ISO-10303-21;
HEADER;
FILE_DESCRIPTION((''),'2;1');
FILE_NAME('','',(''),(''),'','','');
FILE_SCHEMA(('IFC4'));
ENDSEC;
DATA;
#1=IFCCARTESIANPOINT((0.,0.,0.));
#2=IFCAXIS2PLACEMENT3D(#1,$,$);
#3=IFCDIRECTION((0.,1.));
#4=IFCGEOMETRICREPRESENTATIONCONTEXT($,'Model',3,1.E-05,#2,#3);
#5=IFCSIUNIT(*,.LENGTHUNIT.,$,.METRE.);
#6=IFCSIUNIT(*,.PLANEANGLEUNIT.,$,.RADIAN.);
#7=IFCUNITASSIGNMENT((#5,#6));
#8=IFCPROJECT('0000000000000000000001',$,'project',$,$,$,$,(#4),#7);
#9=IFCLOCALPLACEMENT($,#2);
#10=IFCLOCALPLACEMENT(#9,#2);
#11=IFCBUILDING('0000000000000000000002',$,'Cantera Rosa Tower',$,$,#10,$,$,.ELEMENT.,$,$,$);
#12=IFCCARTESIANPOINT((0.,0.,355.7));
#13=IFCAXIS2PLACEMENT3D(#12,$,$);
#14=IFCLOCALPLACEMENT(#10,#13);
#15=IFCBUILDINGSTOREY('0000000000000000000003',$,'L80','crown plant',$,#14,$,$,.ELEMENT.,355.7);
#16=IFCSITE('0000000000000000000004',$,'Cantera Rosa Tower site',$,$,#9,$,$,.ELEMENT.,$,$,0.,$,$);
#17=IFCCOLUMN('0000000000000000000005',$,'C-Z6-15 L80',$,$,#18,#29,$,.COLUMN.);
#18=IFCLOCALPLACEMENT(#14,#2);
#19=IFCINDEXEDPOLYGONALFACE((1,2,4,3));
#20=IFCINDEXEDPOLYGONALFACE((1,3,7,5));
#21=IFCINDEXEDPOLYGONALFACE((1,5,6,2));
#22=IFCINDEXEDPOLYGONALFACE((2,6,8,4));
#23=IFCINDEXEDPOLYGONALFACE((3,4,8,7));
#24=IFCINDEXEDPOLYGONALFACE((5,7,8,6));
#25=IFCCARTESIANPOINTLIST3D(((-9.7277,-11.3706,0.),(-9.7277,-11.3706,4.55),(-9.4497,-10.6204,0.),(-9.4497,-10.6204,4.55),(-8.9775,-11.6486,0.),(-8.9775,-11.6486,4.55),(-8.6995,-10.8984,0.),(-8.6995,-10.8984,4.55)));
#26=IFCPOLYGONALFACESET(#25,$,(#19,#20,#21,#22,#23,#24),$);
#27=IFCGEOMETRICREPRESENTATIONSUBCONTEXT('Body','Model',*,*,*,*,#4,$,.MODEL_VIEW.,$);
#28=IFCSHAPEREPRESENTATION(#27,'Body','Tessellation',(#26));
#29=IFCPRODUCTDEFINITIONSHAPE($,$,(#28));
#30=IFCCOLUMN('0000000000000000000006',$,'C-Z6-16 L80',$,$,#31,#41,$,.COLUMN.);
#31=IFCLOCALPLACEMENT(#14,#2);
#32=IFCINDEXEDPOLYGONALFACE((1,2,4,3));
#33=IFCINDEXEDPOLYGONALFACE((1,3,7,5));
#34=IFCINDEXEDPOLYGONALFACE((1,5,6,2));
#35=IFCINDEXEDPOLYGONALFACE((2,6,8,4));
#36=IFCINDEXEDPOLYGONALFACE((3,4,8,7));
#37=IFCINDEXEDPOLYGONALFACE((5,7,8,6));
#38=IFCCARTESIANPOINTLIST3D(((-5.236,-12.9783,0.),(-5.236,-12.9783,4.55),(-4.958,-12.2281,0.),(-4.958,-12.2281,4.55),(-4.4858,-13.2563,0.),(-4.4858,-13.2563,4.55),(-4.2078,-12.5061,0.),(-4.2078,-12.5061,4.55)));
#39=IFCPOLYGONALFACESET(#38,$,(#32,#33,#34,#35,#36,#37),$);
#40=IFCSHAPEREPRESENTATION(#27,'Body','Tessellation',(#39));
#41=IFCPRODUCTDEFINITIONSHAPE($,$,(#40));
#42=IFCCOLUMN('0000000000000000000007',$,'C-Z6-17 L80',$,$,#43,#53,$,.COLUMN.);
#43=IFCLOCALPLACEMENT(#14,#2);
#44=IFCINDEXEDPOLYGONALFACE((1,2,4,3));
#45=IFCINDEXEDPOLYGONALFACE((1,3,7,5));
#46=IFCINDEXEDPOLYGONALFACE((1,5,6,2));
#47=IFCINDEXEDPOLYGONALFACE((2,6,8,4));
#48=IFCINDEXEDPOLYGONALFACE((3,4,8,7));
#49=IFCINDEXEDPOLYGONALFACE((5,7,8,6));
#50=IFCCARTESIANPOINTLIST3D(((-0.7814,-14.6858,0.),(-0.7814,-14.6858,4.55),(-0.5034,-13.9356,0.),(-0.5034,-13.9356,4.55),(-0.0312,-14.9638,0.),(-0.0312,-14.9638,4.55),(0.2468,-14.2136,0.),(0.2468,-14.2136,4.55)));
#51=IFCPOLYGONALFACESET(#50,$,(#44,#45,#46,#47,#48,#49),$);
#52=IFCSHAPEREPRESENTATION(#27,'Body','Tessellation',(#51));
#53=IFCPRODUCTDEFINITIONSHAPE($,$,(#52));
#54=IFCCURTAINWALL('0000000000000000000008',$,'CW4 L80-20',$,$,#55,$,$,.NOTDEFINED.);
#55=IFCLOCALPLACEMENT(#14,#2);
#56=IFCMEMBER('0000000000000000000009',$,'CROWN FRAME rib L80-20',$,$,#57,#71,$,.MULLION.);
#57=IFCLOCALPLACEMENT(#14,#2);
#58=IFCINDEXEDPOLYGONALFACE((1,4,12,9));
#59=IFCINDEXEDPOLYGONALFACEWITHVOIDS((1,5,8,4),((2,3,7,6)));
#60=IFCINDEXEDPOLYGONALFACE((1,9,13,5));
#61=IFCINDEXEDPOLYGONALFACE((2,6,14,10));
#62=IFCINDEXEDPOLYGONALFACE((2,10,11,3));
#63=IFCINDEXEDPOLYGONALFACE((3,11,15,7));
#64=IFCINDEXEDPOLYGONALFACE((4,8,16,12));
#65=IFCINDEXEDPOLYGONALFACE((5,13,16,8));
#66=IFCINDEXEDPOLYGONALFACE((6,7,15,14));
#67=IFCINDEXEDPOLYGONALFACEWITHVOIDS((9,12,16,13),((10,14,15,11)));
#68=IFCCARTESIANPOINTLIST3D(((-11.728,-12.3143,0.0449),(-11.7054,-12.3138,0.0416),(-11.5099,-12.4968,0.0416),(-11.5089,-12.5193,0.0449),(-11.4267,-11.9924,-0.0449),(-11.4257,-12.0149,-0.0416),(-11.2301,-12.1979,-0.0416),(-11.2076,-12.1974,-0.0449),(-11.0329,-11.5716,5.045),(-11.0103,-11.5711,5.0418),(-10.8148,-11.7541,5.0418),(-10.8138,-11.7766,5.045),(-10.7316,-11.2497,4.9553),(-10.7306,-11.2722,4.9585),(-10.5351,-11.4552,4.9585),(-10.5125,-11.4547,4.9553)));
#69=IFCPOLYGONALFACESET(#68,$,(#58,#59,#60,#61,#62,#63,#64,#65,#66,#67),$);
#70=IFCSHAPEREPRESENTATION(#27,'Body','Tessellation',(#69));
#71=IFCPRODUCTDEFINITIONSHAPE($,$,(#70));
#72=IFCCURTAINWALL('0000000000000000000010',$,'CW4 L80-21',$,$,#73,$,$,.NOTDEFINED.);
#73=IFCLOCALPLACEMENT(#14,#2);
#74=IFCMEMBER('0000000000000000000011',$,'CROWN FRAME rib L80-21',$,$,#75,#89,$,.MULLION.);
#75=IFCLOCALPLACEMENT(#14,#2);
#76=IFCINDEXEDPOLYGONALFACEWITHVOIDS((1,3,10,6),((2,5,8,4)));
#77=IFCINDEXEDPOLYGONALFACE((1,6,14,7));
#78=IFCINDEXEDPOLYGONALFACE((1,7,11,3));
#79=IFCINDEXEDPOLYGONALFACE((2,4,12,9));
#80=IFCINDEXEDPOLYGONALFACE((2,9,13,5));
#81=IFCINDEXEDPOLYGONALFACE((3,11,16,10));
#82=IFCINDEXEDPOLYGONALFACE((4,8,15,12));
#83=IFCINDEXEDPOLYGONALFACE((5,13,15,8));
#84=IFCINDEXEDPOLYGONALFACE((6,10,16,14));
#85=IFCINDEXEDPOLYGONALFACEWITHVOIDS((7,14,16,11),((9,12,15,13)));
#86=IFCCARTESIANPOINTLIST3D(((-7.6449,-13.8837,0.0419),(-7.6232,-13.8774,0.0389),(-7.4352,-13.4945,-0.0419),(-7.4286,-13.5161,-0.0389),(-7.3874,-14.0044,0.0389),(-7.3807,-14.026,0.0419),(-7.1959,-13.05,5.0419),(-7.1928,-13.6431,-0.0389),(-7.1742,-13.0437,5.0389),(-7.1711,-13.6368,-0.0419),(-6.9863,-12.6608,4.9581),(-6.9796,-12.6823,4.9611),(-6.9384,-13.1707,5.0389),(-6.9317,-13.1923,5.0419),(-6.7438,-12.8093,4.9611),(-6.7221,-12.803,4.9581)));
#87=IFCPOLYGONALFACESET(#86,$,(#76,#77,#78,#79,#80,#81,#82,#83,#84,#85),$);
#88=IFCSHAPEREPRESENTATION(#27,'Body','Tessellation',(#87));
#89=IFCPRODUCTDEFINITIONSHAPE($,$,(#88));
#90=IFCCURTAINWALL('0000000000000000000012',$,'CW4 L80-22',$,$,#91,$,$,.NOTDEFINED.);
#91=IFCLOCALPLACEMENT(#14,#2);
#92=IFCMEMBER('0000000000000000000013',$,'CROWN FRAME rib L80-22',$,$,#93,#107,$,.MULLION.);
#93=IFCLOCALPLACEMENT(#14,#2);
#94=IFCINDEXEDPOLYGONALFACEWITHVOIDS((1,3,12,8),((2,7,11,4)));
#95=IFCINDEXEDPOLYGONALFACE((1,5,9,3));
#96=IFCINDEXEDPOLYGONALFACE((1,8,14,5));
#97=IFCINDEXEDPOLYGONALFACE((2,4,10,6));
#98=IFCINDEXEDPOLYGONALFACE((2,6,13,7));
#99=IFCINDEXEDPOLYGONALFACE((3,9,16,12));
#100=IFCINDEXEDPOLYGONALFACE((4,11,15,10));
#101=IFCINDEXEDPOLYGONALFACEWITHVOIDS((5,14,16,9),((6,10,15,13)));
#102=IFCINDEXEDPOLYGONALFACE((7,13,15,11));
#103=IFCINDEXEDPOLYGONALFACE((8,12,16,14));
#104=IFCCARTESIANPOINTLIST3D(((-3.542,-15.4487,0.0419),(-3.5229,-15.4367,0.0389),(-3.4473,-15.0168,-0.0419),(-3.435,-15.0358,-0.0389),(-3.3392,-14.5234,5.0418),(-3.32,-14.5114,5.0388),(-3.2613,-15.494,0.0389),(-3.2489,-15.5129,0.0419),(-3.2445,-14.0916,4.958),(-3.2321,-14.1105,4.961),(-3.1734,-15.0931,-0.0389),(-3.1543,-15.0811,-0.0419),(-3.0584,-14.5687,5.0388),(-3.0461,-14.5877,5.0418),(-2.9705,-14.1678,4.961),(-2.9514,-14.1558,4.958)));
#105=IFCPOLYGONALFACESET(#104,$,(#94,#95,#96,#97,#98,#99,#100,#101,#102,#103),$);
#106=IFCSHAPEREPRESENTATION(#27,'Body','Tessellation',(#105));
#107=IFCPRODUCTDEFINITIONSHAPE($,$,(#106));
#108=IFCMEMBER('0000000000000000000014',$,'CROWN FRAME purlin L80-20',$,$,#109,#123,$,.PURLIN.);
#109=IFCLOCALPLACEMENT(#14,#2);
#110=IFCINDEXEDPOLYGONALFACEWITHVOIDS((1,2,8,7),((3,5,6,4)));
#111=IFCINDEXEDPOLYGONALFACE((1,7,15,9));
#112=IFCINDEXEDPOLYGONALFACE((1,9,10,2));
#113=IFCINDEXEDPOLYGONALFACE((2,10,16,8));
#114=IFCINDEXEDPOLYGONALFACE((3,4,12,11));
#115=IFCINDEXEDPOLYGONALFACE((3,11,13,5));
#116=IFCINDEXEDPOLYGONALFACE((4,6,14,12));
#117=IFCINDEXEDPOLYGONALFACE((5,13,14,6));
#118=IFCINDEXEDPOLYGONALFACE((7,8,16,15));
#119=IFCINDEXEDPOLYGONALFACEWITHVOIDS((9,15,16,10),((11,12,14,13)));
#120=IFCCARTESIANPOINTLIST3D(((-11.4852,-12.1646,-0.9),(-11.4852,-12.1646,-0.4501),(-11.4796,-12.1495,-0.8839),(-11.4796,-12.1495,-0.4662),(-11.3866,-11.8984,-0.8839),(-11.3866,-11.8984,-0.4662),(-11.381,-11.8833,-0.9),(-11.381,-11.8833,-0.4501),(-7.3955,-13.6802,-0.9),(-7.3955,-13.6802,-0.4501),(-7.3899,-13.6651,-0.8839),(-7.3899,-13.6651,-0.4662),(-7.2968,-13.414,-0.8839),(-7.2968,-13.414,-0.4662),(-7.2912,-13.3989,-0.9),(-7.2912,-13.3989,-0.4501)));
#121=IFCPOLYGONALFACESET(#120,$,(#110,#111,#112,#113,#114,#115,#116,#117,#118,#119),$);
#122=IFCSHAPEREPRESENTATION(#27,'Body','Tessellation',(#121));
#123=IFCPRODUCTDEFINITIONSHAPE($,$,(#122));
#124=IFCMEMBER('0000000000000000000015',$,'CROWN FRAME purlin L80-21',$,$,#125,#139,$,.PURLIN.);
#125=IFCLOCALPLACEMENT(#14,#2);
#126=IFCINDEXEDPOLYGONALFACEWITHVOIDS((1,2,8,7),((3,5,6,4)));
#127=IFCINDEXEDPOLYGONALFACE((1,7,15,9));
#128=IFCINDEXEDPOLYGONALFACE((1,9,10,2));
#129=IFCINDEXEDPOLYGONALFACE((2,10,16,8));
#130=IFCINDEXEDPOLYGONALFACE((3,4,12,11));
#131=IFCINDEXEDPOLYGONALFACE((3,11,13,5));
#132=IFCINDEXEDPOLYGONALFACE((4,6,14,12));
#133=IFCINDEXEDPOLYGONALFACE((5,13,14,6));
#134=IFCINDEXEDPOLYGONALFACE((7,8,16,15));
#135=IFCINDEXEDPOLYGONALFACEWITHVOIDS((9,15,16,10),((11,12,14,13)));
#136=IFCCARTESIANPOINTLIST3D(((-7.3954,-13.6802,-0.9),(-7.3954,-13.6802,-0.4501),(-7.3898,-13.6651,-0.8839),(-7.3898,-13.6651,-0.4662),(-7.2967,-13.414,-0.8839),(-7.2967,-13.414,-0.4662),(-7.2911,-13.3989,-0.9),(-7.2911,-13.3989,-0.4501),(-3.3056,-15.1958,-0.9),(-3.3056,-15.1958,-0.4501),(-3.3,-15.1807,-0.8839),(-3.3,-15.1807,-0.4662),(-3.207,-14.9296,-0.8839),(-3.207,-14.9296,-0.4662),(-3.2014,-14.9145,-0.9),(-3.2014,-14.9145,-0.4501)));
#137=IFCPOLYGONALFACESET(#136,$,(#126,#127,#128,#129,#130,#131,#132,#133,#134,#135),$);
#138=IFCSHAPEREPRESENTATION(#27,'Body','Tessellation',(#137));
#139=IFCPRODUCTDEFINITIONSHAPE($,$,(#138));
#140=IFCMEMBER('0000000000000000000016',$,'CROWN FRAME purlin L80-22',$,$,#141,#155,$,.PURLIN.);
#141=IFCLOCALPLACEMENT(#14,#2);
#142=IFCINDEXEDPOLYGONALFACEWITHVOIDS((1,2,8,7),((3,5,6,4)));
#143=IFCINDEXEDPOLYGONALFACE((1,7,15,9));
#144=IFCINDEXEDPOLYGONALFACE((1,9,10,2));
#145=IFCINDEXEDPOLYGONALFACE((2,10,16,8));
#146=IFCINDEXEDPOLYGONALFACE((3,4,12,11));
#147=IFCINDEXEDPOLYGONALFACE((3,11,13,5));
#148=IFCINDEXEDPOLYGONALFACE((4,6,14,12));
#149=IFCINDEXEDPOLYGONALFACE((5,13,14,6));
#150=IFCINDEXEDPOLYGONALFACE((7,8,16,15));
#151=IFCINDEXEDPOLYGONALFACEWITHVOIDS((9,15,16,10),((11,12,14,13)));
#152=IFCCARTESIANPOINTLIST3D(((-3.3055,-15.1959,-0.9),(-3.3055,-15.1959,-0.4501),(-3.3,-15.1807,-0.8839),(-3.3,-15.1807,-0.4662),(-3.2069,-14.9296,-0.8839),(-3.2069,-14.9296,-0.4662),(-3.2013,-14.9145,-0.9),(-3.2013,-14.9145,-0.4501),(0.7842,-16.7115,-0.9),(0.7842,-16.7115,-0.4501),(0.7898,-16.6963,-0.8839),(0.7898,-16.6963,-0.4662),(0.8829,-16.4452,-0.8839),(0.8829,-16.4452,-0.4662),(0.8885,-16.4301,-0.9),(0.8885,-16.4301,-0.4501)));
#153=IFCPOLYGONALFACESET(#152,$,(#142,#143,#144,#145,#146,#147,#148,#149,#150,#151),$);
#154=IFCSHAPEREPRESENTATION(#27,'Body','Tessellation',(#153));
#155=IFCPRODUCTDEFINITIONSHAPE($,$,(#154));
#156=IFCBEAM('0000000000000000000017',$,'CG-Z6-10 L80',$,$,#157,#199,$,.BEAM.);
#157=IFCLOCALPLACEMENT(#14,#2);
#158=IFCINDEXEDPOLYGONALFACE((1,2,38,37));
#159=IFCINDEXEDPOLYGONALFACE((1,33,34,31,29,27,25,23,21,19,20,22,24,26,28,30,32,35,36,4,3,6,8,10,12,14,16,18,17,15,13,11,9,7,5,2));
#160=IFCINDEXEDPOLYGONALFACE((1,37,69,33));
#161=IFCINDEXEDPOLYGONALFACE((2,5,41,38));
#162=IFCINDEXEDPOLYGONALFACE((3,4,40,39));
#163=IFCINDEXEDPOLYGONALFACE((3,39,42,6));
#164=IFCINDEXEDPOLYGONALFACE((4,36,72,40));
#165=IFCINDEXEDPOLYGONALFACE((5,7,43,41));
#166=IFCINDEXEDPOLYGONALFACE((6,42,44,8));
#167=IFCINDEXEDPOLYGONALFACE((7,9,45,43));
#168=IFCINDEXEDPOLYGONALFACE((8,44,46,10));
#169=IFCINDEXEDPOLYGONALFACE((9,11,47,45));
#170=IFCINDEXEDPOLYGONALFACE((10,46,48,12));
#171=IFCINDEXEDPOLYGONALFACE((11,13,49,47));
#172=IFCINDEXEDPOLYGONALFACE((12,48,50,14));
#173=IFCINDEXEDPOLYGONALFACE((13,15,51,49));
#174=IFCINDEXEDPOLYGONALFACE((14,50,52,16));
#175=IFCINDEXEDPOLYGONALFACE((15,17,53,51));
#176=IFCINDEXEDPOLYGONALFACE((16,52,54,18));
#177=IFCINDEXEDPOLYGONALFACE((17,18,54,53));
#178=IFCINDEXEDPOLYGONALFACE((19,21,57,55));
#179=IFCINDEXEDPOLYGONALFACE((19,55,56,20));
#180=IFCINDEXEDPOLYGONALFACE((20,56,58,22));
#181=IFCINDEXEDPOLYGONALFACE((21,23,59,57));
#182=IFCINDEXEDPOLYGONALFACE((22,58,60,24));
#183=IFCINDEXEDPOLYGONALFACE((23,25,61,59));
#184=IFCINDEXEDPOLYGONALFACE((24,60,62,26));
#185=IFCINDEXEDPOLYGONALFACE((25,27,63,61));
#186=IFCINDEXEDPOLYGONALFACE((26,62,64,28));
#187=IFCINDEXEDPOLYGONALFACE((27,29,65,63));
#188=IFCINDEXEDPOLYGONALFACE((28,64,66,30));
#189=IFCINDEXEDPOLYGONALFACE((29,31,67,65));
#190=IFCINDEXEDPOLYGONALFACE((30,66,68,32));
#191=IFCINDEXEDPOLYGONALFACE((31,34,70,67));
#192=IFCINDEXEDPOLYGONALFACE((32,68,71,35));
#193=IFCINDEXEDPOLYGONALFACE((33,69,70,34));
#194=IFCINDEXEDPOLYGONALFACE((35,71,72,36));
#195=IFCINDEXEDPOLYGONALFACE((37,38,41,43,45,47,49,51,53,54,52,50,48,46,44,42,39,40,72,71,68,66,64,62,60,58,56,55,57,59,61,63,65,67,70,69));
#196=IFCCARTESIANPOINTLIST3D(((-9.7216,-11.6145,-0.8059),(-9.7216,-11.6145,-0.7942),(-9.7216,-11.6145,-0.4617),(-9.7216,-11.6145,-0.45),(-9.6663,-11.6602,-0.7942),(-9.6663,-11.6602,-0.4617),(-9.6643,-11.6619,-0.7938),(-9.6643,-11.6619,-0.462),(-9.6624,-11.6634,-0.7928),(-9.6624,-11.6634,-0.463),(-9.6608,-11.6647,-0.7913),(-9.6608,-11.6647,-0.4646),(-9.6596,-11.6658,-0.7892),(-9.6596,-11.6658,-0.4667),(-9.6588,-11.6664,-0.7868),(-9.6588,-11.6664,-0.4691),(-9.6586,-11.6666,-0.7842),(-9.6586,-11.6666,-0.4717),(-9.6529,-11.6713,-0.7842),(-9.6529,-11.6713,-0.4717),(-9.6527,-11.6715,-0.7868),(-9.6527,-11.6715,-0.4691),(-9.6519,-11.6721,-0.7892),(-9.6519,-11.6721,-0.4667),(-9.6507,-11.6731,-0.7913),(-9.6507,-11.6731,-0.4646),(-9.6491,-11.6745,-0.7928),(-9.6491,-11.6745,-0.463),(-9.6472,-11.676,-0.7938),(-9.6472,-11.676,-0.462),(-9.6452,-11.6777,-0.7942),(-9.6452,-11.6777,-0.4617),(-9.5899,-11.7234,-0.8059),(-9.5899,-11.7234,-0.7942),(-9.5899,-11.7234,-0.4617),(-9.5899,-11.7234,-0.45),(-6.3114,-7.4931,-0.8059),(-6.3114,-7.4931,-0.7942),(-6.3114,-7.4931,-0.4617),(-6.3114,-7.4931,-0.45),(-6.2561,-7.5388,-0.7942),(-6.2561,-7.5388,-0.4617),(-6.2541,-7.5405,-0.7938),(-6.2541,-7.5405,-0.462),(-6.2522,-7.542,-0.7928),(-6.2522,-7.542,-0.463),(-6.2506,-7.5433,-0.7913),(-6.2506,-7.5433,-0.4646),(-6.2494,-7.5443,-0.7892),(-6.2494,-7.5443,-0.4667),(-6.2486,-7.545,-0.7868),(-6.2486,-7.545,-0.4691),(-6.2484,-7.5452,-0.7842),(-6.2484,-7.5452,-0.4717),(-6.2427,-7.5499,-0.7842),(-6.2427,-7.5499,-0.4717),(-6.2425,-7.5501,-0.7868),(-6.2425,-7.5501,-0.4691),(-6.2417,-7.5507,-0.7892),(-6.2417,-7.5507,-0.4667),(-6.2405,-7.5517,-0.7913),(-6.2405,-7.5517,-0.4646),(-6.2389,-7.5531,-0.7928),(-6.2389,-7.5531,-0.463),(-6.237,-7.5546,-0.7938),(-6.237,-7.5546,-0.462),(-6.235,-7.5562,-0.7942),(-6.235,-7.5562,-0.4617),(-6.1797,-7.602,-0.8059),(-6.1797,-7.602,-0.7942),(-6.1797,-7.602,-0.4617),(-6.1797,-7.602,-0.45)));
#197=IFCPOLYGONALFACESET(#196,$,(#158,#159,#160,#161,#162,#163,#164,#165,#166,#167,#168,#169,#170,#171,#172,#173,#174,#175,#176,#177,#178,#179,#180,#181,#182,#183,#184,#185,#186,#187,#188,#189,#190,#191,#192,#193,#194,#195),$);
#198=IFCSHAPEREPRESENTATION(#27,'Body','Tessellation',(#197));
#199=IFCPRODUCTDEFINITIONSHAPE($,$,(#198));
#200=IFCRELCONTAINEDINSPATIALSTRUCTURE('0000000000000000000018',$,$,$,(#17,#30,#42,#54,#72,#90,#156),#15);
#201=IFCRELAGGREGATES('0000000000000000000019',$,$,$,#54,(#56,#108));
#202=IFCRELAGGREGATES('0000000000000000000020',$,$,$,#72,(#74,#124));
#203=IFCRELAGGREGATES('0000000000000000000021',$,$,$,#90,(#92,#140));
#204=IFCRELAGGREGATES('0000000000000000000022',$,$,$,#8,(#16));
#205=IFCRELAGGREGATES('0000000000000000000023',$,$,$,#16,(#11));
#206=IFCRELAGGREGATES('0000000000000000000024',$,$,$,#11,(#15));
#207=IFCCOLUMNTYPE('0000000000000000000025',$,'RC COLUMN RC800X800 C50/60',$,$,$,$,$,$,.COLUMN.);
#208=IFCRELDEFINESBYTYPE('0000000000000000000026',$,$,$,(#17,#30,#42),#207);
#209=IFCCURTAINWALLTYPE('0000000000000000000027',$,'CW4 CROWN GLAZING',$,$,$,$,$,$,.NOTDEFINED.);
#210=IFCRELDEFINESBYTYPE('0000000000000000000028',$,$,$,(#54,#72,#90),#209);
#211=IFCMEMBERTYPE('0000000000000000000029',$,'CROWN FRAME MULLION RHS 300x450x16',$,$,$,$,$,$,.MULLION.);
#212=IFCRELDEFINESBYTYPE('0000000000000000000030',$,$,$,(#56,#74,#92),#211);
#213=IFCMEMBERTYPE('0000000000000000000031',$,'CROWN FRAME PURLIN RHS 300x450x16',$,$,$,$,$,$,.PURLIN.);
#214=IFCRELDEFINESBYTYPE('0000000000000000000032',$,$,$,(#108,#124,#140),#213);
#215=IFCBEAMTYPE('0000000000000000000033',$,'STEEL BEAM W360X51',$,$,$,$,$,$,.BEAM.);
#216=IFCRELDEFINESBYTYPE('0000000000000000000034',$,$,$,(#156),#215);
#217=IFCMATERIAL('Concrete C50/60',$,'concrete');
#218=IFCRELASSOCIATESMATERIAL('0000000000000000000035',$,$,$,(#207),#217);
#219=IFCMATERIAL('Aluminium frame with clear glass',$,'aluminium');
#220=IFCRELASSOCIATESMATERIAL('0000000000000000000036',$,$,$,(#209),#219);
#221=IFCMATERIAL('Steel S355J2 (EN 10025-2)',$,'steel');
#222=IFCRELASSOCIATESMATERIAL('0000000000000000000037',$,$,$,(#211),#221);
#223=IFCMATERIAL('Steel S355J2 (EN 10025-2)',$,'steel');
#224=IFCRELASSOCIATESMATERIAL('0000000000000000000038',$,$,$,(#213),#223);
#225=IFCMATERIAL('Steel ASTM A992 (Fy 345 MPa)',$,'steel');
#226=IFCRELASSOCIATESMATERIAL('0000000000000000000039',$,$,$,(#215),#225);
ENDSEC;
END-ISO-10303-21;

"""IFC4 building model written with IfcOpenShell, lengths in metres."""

from ifc_helpers import new_model, si_unit, direction, frame, origin, origin_2d, place, context, subcontext, project, spatial, rectangle, hollow_rectangle, i_section, extrude, material, material_profile, profile_set, type_object, element, aggregate, save


model = new_model("IFC4")

# Units and contexts
model_context = context("Model", 3, precision=1e-05, world=origin(), true_north=direction((0.0, 1.0)))
body_context = subcontext(model_context, "Body", "Model", "MODEL_VIEW")
ifc_project = project(units=[si_unit("LENGTHUNIT", "METRE"), si_unit("PLANEANGLEUNIT", "RADIAN")], contexts=[model_context])

# Site, building, storey
site_placement = place(None, origin())
site = spatial("IfcSite", under=ifc_project, at=site_placement, Name="Cantera Rosa Tower site", CompositionType="ELEMENT", RefElevation=0.0)
building_placement = place(site_placement, origin())
building = spatial("IfcBuilding", under=site, at=building_placement, Name="Cantera Rosa Tower", CompositionType="ELEMENT")
storey_placement = place(building_placement, frame((0.0, 0.0, 355.7)))
storey = spatial("IfcBuildingStorey", under=building, at=storey_placement, Name="L80", Description="crown plant", CompositionType="ELEMENT", Elevation=355.7)

# Columns
ifc_material_1 = material(Name="Concrete C50/60", Category="concrete")
ifc_material_profile_1 = material_profile(ifc_material_1, rectangle(XDim=0.8, YDim=0.8, at=origin_2d()), Name="RC COLUMN RC800X800 C50/60")
ifc_profile_set_1 = profile_set([ifc_material_profile_1], Name="Concrete C50/60")
column_type = type_object("IfcColumnType", Name="RC COLUMN RC800X800 C50/60", PredefinedType="COLUMN", material=ifc_profile_set_1)
for number, where, z_axis, x_axis, name in (
    (1, (-9.2136, -11.1345, 0.0), (0.0, 0.0, 1.0), (0.347481, 0.937687, 0.0), "C-Z6-15 L80"),
    (2, (-4.7219, -12.7422, 0.0), (0.0, 0.0, 1.0), (0.347481, 0.937687, 0.0), "C-Z6-16 L80"),
    (3, (-0.2673, -14.4497, 0.0), (0.0, 0.0, 1.0), (0.347481, 0.937687, 0.0), "C-Z6-17 L80"),
):
    element("IfcColumn", number, at=place(storey_placement, frame(where, z_axis=z_axis, x_axis=x_axis)), inside=storey, type_object=column_type, Name=name, PredefinedType="COLUMN", context=body_context, shape_type="SweptSolid", body=[
        extrude(rectangle(XDim=0.8, YDim=0.8, at=origin_2d()), origin(), (0.0, 0.0, 1.0), 4.55),
    ])

# Curtain walls, members
ifc_material_2 = material(Name="Aluminium frame with clear glass", Category="aluminium")
curtain_wall_type = type_object("IfcCurtainWallType", Name="CW4 CROWN GLAZING", PredefinedType="NOTDEFINED", material=ifc_material_2)
curtain_wall_1_placement = place(storey_placement, origin())
curtain_wall_1 = element("IfcCurtainWall", 4, at=curtain_wall_1_placement, inside=storey, type_object=curtain_wall_type, Name="CW4 L80-20", PredefinedType="NOTDEFINED")
ifc_material_3 = material(Name="Steel S355J2 (EN 10025-2)", Category="steel")
ifc_material_profile_2 = material_profile(ifc_material_3, hollow_rectangle(XDim=0.3, YDim=0.45, WallThickness=0.0161, at=origin_2d()), Name="CROWN FRAME MULLION RHS 300x450x16")
ifc_profile_set_2 = profile_set([ifc_material_profile_2], Name="Steel S355J2 (EN 10025-2)")
member_type_1 = type_object("IfcMemberType", Name="CROWN FRAME MULLION RHS 300x450x16", PredefinedType="MULLION", material=ifc_profile_set_2)
member_1_placement = place(storey_placement, frame((-11.4678, -12.2559, 0.0), z_axis=(0.136223, 0.145554, 0.979927), x_axis=(-0.730121, 0.683318, 0.0)))
member_1 = element("IfcMember", 5, at=member_1_placement, type_object=member_type_1, Name="CROWN FRAME rib L80-20", PredefinedType="MULLION", context=body_context, shape_type="SweptSolid", body=[
    extrude(hollow_rectangle(XDim=0.3, YDim=0.45, WallThickness=0.0161, at=origin_2d()), origin(), (0.0, 0.0, 1.0), 5.1025),
])
curtain_wall_2_placement = place(storey_placement, origin())
curtain_wall_2 = element("IfcCurtainWall", 6, at=curtain_wall_2_placement, inside=storey, type_object=curtain_wall_type, Name="CW4 L80-21", PredefinedType="NOTDEFINED")
member_2_placement = place(storey_placement, frame((-7.408, -13.7603, 0.0), z_axis=(0.088227, 0.163836, 0.982534), x_axis=(-0.880455, 0.474131, 0.0)))
member_2 = element("IfcMember", 7, at=member_2_placement, type_object=member_type_1, Name="CROWN FRAME rib L80-21", PredefinedType="MULLION", context=body_context, shape_type="SweptSolid", body=[
    extrude(hollow_rectangle(XDim=0.3, YDim=0.45, WallThickness=0.0161, at=origin_2d()), origin(), (0.0, 0.0, 1.0), 5.0889),
])
curtain_wall_3_placement = place(storey_placement, origin())
curtain_wall_3 = element("IfcCurtainWall", 8, at=curtain_wall_3_placement, inside=storey, type_object=curtain_wall_type, Name="CW4 L80-22", PredefinedType="NOTDEFINED")
member_3_placement = place(storey_placement, frame((-3.3481, -15.2649, 0.0), z_axis=(0.039867, 0.181824, 0.982523), x_axis=(-0.976796, 0.214173, 0.0)))
member_3 = element("IfcMember", 9, at=member_3_placement, type_object=member_type_1, Name="CROWN FRAME rib L80-22", PredefinedType="MULLION", context=body_context, shape_type="SweptSolid", body=[
    extrude(hollow_rectangle(XDim=0.3, YDim=0.45, WallThickness=0.0161, at=origin_2d()), origin(), (0.0, 0.0, 1.0), 5.0889),
])

# Members
ifc_material_4 = material(Name="Steel S355J2 (EN 10025-2)", Category="steel")
ifc_material_profile_3 = material_profile(ifc_material_4, hollow_rectangle(XDim=0.3, YDim=0.45, WallThickness=0.0161, at=origin_2d()), Name="CROWN FRAME PURLIN RHS 300x450x16")
ifc_profile_set_3 = profile_set([ifc_material_profile_3], Name="Steel S355J2 (EN 10025-2)")
member_type_2 = type_object("IfcMemberType", Name="CROWN FRAME PURLIN RHS 300x450x16", PredefinedType="PURLIN", material=ifc_profile_set_3)
member_4_placement = place(storey_placement, frame((-11.4331, -12.0239, -0.675), z_axis=(0.937684, -0.347489, 0.0), x_axis=(0.347489, 0.937684, 0.0)))
member_4 = element("IfcMember", 10, at=member_4_placement, type_object=member_type_2, Name="CROWN FRAME purlin L80-20", PredefinedType="PURLIN", context=body_context, shape_type="SweptSolid", body=[
    extrude(hollow_rectangle(XDim=0.3, YDim=0.45, WallThickness=0.0161, at=origin_2d()), origin(), (0.0, 0.0, 1.0), 4.3616),
])
member_5_placement = place(storey_placement, frame((-7.3433, -13.5396, -0.675), z_axis=(0.937684, -0.347489, 0.0), x_axis=(0.347489, 0.937684, 0.0)))
member_5 = element("IfcMember", 11, at=member_5_placement, type_object=member_type_2, Name="CROWN FRAME purlin L80-21", PredefinedType="PURLIN", context=body_context, shape_type="SweptSolid", body=[
    extrude(hollow_rectangle(XDim=0.3, YDim=0.45, WallThickness=0.0161, at=origin_2d()), origin(), (0.0, 0.0, 1.0), 4.3616),
])
member_6_placement = place(storey_placement, frame((-3.2534, -15.0552, -0.675), z_axis=(0.937684, -0.347489, 0.0), x_axis=(0.347489, 0.937684, 0.0)))
member_6 = element("IfcMember", 12, at=member_6_placement, type_object=member_type_2, Name="CROWN FRAME purlin L80-22", PredefinedType="PURLIN", context=body_context, shape_type="SweptSolid", body=[
    extrude(hollow_rectangle(XDim=0.3, YDim=0.45, WallThickness=0.0161, at=origin_2d()), origin(), (0.0, 0.0, 1.0), 4.3616),
])

# Beam
ifc_material_5 = material(Name="Steel ASTM A992 (Fy 345 MPa)", Category="steel")
ifc_material_profile_4 = material_profile(ifc_material_5, i_section(OverallWidth=0.1709, OverallDepth=0.356, WebThickness=0.0073, FlangeThickness=0.0117, FilletRadius=0.01, at=origin_2d()), Name="W360X51")
ifc_profile_set_4 = profile_set([ifc_material_profile_4], Name="Steel ASTM A992 (Fy 345 MPa)")
beam_type_1 = type_object("IfcBeamType", Name="STEEL BEAM W360X51", PredefinedType="BEAM", material=ifc_profile_set_4)
beam_1_placement = place(storey_placement, frame((-9.6558, -11.6689, -0.6279), z_axis=(0.6375, 0.77045, 0.0), x_axis=(-0.77045, 0.6375, 0.0)))
element("IfcBeam", 13, at=beam_1_placement, inside=storey, type_object=beam_type_1, Name="CG-Z6-10 L80", PredefinedType="BEAM", context=body_context, shape_type="SweptSolid", body=[
    extrude(i_section(OverallWidth=0.1709, OverallDepth=0.356, WebThickness=0.0073, FlangeThickness=0.0117, FilletRadius=0.01, at=origin_2d()), origin(), (0.0, 0.0, 1.0), 5.3494),
])

aggregate(curtain_wall_1, [member_1, member_4])
aggregate(curtain_wall_2, [member_2, member_5])
aggregate(curtain_wall_3, [member_3, member_6])

save(model, "model.ifc")
